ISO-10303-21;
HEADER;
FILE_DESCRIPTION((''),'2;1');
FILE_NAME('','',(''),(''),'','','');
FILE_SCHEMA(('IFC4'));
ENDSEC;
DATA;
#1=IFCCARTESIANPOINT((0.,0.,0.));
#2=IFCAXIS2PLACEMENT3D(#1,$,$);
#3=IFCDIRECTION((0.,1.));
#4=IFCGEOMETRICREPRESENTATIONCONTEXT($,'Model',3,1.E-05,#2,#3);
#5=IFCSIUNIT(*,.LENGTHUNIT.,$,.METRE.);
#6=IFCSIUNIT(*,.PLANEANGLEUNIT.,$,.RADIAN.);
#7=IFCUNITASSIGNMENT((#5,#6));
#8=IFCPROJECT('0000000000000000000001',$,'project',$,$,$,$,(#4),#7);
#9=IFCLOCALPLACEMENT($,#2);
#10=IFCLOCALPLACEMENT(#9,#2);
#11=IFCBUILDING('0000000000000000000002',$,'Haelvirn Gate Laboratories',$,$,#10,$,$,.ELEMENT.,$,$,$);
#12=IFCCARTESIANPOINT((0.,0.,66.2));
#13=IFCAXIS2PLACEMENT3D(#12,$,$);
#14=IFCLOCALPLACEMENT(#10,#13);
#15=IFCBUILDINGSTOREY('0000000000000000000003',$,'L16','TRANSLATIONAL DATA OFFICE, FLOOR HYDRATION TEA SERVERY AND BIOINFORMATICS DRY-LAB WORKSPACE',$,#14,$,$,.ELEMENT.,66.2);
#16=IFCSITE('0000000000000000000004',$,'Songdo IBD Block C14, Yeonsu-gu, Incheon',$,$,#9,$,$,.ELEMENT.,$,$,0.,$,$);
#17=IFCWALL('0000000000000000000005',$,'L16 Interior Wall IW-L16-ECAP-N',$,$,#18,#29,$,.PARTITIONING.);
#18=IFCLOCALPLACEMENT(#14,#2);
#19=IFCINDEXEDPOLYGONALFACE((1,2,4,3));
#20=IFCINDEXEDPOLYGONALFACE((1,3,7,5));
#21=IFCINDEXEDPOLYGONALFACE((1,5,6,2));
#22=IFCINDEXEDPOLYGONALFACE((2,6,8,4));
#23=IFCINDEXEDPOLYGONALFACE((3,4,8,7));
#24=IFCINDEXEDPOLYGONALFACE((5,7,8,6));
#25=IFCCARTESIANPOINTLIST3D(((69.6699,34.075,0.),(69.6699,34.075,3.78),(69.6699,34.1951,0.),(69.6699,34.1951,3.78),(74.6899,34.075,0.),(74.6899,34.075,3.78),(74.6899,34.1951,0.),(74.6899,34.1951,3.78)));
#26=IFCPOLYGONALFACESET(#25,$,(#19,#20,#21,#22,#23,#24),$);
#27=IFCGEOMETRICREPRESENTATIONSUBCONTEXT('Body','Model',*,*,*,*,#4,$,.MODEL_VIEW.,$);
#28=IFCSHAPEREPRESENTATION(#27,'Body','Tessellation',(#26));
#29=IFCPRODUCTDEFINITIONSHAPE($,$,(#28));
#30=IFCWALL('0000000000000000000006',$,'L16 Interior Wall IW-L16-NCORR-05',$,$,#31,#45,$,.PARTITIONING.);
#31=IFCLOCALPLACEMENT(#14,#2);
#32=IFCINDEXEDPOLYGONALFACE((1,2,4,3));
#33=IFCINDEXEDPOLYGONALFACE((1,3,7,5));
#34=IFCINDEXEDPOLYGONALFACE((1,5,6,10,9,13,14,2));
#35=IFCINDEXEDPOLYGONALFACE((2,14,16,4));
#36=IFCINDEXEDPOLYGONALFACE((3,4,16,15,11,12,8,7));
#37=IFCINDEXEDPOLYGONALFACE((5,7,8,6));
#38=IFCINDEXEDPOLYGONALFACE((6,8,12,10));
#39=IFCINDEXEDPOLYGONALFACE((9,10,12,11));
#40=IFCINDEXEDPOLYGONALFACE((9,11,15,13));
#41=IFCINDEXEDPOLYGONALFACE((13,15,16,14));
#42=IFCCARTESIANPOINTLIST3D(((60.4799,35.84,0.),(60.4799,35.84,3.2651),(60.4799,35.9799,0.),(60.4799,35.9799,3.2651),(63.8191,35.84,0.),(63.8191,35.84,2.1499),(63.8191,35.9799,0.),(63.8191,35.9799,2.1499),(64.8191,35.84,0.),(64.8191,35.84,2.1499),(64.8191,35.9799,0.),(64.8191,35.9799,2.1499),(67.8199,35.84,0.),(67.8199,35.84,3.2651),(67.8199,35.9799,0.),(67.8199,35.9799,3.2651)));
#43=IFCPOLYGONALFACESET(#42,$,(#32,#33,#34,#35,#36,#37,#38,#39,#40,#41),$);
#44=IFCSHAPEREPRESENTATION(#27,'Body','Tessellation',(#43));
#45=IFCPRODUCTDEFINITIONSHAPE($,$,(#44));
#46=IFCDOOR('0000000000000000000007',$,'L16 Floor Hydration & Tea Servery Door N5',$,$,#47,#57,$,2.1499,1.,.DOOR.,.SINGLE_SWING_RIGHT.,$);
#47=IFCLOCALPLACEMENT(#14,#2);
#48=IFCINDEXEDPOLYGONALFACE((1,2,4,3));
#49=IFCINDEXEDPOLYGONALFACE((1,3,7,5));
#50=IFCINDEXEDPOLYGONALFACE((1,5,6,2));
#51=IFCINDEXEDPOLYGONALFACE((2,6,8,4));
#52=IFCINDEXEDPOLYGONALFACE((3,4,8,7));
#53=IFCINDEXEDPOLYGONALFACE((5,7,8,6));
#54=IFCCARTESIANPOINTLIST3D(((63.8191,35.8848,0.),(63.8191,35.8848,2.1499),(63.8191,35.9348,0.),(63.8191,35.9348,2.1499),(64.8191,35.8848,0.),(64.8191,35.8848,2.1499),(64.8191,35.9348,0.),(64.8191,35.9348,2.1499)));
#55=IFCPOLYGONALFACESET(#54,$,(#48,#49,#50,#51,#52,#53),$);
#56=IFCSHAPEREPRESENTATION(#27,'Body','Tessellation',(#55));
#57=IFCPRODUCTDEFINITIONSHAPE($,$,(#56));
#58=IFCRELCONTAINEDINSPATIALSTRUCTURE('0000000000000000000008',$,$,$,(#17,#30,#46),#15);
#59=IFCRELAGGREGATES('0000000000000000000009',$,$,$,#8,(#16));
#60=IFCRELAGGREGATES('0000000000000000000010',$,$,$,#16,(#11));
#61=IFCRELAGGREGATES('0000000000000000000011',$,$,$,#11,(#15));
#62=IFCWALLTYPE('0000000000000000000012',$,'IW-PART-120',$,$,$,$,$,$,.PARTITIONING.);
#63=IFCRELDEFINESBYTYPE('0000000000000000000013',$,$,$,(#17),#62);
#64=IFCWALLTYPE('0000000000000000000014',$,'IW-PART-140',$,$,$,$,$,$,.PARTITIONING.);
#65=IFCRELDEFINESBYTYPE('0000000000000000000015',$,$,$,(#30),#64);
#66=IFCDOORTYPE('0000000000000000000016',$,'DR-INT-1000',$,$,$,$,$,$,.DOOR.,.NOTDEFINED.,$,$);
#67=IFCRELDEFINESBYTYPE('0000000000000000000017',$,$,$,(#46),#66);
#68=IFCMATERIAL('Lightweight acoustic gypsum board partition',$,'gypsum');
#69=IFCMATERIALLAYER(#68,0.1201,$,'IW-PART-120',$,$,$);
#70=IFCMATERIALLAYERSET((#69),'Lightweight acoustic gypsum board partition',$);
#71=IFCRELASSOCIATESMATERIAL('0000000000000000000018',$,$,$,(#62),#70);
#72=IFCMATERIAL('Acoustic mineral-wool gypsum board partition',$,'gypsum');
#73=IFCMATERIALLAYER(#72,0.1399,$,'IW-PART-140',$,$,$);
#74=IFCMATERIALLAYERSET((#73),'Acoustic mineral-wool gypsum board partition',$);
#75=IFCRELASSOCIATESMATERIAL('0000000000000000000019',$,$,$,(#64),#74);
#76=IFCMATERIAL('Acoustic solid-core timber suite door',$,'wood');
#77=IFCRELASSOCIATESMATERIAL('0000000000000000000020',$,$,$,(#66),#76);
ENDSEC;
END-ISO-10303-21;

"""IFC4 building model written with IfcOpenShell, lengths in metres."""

from ifc_helpers import new_model, si_unit, direction, frame, frame_2d, origin, place, context, subcontext, project, spatial, rectangle, extrude, source, transform, mapped, material, layer, layer_set, type_object, type_shapes, element, fill, save


model = new_model("IFC4")

# Units and contexts
model_context = context("Model", 3, precision=1e-05, world=origin(), true_north=direction((0.0, 1.0)))
body_context = subcontext(model_context, "Body", "Model", "MODEL_VIEW")
ifc_project = project(units=[si_unit("LENGTHUNIT", "METRE"), si_unit("PLANEANGLEUNIT", "RADIAN")], contexts=[model_context])

# Site, building, storey
site_placement = place(None, origin())
site = spatial("IfcSite", under=ifc_project, at=site_placement, Name="Songdo IBD Block C14, Yeonsu-gu, Incheon", CompositionType="ELEMENT", RefElevation=0.0)
building_placement = place(site_placement, origin())
building = spatial("IfcBuilding", under=site, at=building_placement, Name="Haelvirn Gate Laboratories", CompositionType="ELEMENT")
storey_placement = place(building_placement, frame((0.0, 0.0, 66.2)))
storey = spatial("IfcBuildingStorey", under=building, at=storey_placement, Name="L16", Description="TRANSLATIONAL DATA OFFICE, FLOOR HYDRATION TEA SERVERY AND BIOINFORMATICS DRY-LAB WORKSPACE", CompositionType="ELEMENT", Elevation=66.2)

# Wall
ifc_material_1 = material(Name="Lightweight acoustic gypsum board partition", Category="gypsum")
ifc_layer_1 = layer(ifc_material_1, 0.1201, Name="IW-PART-120")
ifc_layer_set_1 = layer_set([ifc_layer_1], Name="Lightweight acoustic gypsum board partition")
wall_type_1 = type_object("IfcWallType", Name="IW-PART-120", PredefinedType="PARTITIONING", material=ifc_layer_set_1)
wall_1_placement = place(storey_placement, frame((69.6699, 34.135, 0.0), z_axis=(0.0, 0.0, 1.0), x_axis=(1.0, 0.0, 0.0)))
element("IfcWall", 1, at=wall_1_placement, inside=storey, type_object=wall_type_1, Name="L16 Interior Wall IW-L16-ECAP-N", PredefinedType="PARTITIONING", context=body_context, shape_type="SweptSolid", body=[
    extrude(rectangle(XDim=5.02, YDim=0.1201, at=frame_2d((2.51, 0.0))), origin(), (0.0, 0.0, 1.0), 3.78),
])

# Wall, opening, door
ifc_material_2 = material(Name="Acoustic mineral-wool gypsum board partition", Category="gypsum")
ifc_layer_2 = layer(ifc_material_2, 0.1399, Name="IW-PART-140")
ifc_layer_set_2 = layer_set([ifc_layer_2], Name="Acoustic mineral-wool gypsum board partition")
wall_type_2 = type_object("IfcWallType", Name="IW-PART-140", PredefinedType="PARTITIONING", material=ifc_layer_set_2)
wall_2_placement = place(storey_placement, frame((60.48, 35.9099, 0.0), z_axis=(0.0, 0.0, 1.0), x_axis=(1.0, 0.0, 0.0)))
wall_2 = element("IfcWall", 2, at=wall_2_placement, inside=storey, type_object=wall_type_2, Name="L16 Interior Wall IW-L16-NCORR-05", PredefinedType="PARTITIONING", context=body_context, shape_type="SweptSolid", body=[
    extrude(rectangle(XDim=7.3401, YDim=0.1399, at=frame_2d((3.6699, 0.0))), origin(), (0.0, 0.0, 1.0), 3.2651),
])
opening_placement = place(wall_2_placement, frame((3.3391, 0.0, 0.0)))
opening = element("IfcOpeningElement", 3, at=opening_placement, cuts=wall_2, PredefinedType="OPENING", context=body_context, shape_type="SweptSolid", body=[
    extrude(rectangle(XDim=1.0, YDim=2.1499, at=frame_2d((0.5, 1.075))), frame((0.0, 0.0801, 0.0), z_axis=(0.0, -1.0, 0.0), x_axis=(1.0, 0.0, 0.0)), (0.0, 0.0, 1.0), 0.1599),
])
ifc_material_3 = material(Name="Acoustic solid-core timber suite door", Category="wood")
door_type = type_object("IfcDoorType", Name="DR-INT-1000", OperationType="NOTDEFINED", PredefinedType="DOOR", material=ifc_material_3)
shared_shape_1 = source(origin(), body_context, "Body", "SweptSolid", [
    extrude(rectangle(XDim=1.0, YDim=2.1499, at=frame_2d((0.5, 1.075))), frame((0.0, 0.0249, 0.0), z_axis=(0.0, -1.0, 0.0), x_axis=(1.0, 0.0, 0.0)), (0.0, 0.0, 1.0), 0.05),
])
type_shapes(door_type, [shared_shape_1])
door_placement = place(opening_placement, origin())
door = element("IfcDoor", 4, at=door_placement, inside=storey, type_object=door_type, Name="L16 Floor Hydration & Tea Servery Door N5", OperationType="SINGLE_SWING_RIGHT", OverallHeight=2.1499, OverallWidth=1.0, PredefinedType="DOOR", context=body_context, shape_type="MappedRepresentation", body=[
    mapped(shared_shape_1, transform((0.0, 0.0, 0.0), scale=1.0)),
])
fill(opening, door)

save(model, "model.ifc")
